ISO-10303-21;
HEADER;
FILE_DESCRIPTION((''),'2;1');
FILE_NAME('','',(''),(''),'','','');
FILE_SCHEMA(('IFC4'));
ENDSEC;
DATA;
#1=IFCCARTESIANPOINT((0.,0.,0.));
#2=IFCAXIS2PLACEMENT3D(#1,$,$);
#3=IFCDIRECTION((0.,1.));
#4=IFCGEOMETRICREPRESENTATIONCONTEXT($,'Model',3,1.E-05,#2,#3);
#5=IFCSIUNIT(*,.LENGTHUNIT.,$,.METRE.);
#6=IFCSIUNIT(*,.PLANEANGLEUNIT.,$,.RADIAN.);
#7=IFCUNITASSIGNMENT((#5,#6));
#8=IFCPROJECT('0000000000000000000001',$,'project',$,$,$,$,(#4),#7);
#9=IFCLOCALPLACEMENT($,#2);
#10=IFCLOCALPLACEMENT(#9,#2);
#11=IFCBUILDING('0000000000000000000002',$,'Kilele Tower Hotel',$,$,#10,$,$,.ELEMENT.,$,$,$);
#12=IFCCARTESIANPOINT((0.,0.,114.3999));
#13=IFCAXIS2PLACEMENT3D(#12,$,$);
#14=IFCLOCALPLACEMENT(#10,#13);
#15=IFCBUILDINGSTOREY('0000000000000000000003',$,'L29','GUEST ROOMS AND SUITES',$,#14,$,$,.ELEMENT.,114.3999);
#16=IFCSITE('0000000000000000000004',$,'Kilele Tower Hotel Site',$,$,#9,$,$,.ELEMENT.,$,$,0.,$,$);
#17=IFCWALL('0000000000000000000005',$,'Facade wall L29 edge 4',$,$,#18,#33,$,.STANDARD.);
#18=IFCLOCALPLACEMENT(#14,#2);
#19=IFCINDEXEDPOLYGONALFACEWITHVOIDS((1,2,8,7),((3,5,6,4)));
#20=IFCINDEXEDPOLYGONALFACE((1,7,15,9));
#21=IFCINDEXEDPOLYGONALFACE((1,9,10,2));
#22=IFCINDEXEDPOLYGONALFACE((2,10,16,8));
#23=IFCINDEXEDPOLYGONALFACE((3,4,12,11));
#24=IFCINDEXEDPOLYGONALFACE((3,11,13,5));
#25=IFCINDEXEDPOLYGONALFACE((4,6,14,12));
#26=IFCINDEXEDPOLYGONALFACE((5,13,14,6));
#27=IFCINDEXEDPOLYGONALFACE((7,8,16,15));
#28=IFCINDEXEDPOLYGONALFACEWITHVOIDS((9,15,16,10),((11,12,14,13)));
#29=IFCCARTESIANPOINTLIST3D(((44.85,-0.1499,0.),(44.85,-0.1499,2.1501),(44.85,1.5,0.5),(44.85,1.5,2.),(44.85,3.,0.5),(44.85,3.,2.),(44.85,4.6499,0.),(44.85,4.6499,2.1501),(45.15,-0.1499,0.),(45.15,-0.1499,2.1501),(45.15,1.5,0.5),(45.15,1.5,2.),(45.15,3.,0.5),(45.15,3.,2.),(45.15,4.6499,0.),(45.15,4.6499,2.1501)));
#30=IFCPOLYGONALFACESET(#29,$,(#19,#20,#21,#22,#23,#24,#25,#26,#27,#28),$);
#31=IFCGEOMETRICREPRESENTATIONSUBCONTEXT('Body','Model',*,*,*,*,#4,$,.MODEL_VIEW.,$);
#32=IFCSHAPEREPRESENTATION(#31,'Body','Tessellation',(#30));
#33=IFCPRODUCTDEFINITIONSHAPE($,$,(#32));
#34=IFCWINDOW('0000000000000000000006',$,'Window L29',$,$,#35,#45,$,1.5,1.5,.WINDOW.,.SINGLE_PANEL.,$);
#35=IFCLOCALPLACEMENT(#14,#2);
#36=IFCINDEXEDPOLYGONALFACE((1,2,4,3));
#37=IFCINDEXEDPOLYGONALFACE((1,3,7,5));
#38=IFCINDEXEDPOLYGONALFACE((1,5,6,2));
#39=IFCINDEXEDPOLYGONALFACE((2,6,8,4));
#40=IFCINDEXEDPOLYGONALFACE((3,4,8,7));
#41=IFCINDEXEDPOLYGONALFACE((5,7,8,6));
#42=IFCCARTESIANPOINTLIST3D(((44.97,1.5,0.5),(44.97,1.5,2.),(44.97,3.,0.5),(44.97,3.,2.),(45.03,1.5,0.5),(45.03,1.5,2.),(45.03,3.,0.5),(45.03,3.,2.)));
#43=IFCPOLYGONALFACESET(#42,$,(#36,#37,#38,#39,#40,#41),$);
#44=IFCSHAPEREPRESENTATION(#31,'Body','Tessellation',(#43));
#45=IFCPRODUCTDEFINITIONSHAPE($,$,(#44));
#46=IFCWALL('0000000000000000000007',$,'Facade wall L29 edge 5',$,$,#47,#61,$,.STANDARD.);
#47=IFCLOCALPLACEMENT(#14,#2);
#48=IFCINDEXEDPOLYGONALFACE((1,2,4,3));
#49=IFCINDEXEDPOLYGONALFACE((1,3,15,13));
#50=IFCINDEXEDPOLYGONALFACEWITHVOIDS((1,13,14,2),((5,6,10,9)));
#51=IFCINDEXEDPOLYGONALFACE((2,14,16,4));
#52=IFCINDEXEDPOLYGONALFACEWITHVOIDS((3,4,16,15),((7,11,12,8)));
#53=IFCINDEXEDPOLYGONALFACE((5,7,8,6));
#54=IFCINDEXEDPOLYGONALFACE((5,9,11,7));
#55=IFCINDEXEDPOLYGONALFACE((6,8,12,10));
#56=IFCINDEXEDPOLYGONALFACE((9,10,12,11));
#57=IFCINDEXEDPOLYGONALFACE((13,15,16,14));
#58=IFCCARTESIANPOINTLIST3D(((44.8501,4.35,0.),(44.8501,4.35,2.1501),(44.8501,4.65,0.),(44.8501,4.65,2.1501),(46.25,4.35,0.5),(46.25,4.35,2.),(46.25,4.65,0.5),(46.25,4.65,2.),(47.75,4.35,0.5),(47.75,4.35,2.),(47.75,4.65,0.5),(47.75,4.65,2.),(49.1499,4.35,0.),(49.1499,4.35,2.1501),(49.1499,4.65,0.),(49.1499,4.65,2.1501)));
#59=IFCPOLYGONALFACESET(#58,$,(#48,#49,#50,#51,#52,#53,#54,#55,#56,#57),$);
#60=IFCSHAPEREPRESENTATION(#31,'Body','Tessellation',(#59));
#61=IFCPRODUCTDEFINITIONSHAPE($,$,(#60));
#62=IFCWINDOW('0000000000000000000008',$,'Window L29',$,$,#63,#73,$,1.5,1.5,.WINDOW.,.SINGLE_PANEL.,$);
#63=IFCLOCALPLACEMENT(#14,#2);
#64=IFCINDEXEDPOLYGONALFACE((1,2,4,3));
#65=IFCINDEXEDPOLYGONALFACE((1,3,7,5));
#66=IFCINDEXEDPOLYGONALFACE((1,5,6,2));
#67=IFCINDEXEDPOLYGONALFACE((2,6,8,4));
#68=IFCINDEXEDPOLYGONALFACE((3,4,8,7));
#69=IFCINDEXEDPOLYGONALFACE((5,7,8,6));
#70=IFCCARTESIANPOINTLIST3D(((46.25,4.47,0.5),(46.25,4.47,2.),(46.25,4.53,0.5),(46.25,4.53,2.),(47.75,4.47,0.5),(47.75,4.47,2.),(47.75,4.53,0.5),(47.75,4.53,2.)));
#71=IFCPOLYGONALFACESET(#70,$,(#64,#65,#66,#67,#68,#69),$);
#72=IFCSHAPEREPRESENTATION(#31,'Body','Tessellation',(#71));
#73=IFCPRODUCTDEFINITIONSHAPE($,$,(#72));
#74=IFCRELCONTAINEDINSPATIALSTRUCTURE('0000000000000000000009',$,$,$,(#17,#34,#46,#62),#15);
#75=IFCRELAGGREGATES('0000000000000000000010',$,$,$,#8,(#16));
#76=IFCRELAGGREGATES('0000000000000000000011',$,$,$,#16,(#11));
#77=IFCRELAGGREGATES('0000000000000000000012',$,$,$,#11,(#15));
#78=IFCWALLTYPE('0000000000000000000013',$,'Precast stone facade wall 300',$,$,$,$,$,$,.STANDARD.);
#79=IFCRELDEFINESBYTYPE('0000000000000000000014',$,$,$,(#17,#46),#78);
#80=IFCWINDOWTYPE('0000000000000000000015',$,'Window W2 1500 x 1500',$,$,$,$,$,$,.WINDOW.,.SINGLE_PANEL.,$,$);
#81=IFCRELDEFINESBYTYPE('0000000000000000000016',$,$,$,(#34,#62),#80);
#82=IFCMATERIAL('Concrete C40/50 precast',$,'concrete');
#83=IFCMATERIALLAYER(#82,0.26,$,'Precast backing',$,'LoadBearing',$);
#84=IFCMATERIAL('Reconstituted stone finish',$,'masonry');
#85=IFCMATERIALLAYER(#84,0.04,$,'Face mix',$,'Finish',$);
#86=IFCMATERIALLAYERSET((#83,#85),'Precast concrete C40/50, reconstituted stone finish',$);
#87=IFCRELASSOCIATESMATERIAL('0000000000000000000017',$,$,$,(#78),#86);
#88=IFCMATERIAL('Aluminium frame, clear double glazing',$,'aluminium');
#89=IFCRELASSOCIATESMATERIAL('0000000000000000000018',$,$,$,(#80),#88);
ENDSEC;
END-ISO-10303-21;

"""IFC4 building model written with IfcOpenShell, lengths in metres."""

from ifc_helpers import new_model, si_unit, direction, frame, frame_2d, origin, place, context, subcontext, project, spatial, rectangle, extrude, material, layer, layer_set, type_object, element, fill, save


model = new_model("IFC4")

# Units and contexts
model_context = context("Model", 3, precision=1e-05, world=origin(), true_north=direction((0.0, 1.0)))
body_context = subcontext(model_context, "Body", "Model", "MODEL_VIEW")
ifc_project = project(units=[si_unit("LENGTHUNIT", "METRE"), si_unit("PLANEANGLEUNIT", "RADIAN")], contexts=[model_context])

# Site, building, storey
site_placement = place(None, origin())
site = spatial("IfcSite", under=ifc_project, at=site_placement, Name="Kilele Tower Hotel Site", CompositionType="ELEMENT", RefElevation=0.0)
building_placement = place(site_placement, origin())
building = spatial("IfcBuilding", under=site, at=building_placement, Name="Kilele Tower Hotel", CompositionType="ELEMENT")
storey_placement = place(building_placement, frame((0.0, 0.0, 114.3999)))
storey = spatial("IfcBuildingStorey", under=building, at=storey_placement, Name="L29", Description="GUEST ROOMS AND SUITES", CompositionType="ELEMENT", Elevation=114.3999)

# Walls, openings, windows
ifc_material_1 = material(Name="Concrete C40/50 precast", Category="concrete")
ifc_layer_1 = layer(ifc_material_1, 0.26, Name="Precast backing", Category="LoadBearing")
ifc_material_2 = material(Name="Reconstituted stone finish", Category="masonry")
ifc_layer_2 = layer(ifc_material_2, 0.04, Name="Face mix", Category="Finish")
ifc_layer_set_1 = layer_set([ifc_layer_1, ifc_layer_2], Name="Precast concrete C40/50, reconstituted stone finish")
wall_type_1 = type_object("IfcWallType", Name="Precast stone facade wall 300", PredefinedType="STANDARD", material=ifc_layer_set_1)
wall_1_placement = place(storey_placement, frame((45.0, -0.1499, 0.0), z_axis=(0.0, 0.0, 1.0), x_axis=(0.0, 1.0, 0.0)))
wall_1 = element("IfcWall", 1, at=wall_1_placement, inside=storey, type_object=wall_type_1, Name="Facade wall L29 edge 4", PredefinedType="STANDARD", context=body_context, shape_type="SweptSolid", body=[
    extrude(rectangle(XDim=4.7998, YDim=0.3, at=frame_2d((2.3999, 0.0))), origin(), (0.0, 0.0, 1.0), 2.1501),
])
opening_1_placement = place(wall_1_placement, frame((1.6499, 0.0, 0.5)))
opening_1 = element("IfcOpeningElement", 2, at=opening_1_placement, cuts=wall_1, PredefinedType="OPENING", context=body_context, shape_type="SweptSolid", body=[
    extrude(rectangle(XDim=1.5, YDim=1.5, at=frame_2d((0.75, 0.75))), frame((0.0, 0.1599, 0.0), z_axis=(0.0, -1.0, 0.0), x_axis=(1.0, 0.0, 0.0)), (0.0, 0.0, 1.0), 0.3201),
])
ifc_material_3 = material(Name="Aluminium frame, clear double glazing", Category="aluminium")
window_type = type_object("IfcWindowType", Name="Window W2 1500 x 1500", PartitioningType="SINGLE_PANEL", PredefinedType="WINDOW", material=ifc_material_3)
window_1_placement = place(opening_1_placement, origin())
window_1 = element("IfcWindow", 3, at=window_1_placement, inside=storey, type_object=window_type, Name="Window L29", OverallHeight=1.5, OverallWidth=1.5, PartitioningType="SINGLE_PANEL", PredefinedType="WINDOW", context=body_context, shape_type="SweptSolid", body=[
    extrude(rectangle(XDim=1.5, YDim=1.5, at=frame_2d((0.75, 0.75))), frame((0.0, 0.03, 0.0), z_axis=(0.0, -1.0, 0.0), x_axis=(1.0, 0.0, 0.0)), (0.0, 0.0, 1.0), 0.0601),
])
fill(opening_1, window_1)
wall_2_placement = place(storey_placement, frame((44.8501, 4.5, 0.0), z_axis=(0.0, 0.0, 1.0), x_axis=(1.0, 0.0, 0.0)))
wall_2 = element("IfcWall", 4, at=wall_2_placement, inside=storey, type_object=wall_type_1, Name="Facade wall L29 edge 5", PredefinedType="STANDARD", context=body_context, shape_type="SweptSolid", body=[
    extrude(rectangle(XDim=4.2998, YDim=0.3, at=frame_2d((2.1499, 0.0))), origin(), (0.0, 0.0, 1.0), 2.1501),
])
opening_2_placement = place(wall_2_placement, frame((1.3999, 0.0, 0.5)))
opening_2 = element("IfcOpeningElement", 5, at=opening_2_placement, cuts=wall_2, PredefinedType="OPENING", context=body_context, shape_type="SweptSolid", body=[
    extrude(rectangle(XDim=1.5, YDim=1.5, at=frame_2d((0.75, 0.75))), frame((0.0, 0.1599, 0.0), z_axis=(0.0, -1.0, 0.0), x_axis=(1.0, 0.0, 0.0)), (0.0, 0.0, 1.0), 0.3201),
])
window_2_placement = place(opening_2_placement, origin())
window_2 = element("IfcWindow", 6, at=window_2_placement, inside=storey, type_object=window_type, Name="Window L29", OverallHeight=1.5, OverallWidth=1.5, PartitioningType="SINGLE_PANEL", PredefinedType="WINDOW", context=body_context, shape_type="SweptSolid", body=[
    extrude(rectangle(XDim=1.5, YDim=1.5, at=frame_2d((0.75, 0.75))), frame((0.0, 0.03, 0.0), z_axis=(0.0, -1.0, 0.0), x_axis=(1.0, 0.0, 0.0)), (0.0, 0.0, 1.0), 0.0601),
])
fill(opening_2, window_2)

save(model, "model.ifc")
